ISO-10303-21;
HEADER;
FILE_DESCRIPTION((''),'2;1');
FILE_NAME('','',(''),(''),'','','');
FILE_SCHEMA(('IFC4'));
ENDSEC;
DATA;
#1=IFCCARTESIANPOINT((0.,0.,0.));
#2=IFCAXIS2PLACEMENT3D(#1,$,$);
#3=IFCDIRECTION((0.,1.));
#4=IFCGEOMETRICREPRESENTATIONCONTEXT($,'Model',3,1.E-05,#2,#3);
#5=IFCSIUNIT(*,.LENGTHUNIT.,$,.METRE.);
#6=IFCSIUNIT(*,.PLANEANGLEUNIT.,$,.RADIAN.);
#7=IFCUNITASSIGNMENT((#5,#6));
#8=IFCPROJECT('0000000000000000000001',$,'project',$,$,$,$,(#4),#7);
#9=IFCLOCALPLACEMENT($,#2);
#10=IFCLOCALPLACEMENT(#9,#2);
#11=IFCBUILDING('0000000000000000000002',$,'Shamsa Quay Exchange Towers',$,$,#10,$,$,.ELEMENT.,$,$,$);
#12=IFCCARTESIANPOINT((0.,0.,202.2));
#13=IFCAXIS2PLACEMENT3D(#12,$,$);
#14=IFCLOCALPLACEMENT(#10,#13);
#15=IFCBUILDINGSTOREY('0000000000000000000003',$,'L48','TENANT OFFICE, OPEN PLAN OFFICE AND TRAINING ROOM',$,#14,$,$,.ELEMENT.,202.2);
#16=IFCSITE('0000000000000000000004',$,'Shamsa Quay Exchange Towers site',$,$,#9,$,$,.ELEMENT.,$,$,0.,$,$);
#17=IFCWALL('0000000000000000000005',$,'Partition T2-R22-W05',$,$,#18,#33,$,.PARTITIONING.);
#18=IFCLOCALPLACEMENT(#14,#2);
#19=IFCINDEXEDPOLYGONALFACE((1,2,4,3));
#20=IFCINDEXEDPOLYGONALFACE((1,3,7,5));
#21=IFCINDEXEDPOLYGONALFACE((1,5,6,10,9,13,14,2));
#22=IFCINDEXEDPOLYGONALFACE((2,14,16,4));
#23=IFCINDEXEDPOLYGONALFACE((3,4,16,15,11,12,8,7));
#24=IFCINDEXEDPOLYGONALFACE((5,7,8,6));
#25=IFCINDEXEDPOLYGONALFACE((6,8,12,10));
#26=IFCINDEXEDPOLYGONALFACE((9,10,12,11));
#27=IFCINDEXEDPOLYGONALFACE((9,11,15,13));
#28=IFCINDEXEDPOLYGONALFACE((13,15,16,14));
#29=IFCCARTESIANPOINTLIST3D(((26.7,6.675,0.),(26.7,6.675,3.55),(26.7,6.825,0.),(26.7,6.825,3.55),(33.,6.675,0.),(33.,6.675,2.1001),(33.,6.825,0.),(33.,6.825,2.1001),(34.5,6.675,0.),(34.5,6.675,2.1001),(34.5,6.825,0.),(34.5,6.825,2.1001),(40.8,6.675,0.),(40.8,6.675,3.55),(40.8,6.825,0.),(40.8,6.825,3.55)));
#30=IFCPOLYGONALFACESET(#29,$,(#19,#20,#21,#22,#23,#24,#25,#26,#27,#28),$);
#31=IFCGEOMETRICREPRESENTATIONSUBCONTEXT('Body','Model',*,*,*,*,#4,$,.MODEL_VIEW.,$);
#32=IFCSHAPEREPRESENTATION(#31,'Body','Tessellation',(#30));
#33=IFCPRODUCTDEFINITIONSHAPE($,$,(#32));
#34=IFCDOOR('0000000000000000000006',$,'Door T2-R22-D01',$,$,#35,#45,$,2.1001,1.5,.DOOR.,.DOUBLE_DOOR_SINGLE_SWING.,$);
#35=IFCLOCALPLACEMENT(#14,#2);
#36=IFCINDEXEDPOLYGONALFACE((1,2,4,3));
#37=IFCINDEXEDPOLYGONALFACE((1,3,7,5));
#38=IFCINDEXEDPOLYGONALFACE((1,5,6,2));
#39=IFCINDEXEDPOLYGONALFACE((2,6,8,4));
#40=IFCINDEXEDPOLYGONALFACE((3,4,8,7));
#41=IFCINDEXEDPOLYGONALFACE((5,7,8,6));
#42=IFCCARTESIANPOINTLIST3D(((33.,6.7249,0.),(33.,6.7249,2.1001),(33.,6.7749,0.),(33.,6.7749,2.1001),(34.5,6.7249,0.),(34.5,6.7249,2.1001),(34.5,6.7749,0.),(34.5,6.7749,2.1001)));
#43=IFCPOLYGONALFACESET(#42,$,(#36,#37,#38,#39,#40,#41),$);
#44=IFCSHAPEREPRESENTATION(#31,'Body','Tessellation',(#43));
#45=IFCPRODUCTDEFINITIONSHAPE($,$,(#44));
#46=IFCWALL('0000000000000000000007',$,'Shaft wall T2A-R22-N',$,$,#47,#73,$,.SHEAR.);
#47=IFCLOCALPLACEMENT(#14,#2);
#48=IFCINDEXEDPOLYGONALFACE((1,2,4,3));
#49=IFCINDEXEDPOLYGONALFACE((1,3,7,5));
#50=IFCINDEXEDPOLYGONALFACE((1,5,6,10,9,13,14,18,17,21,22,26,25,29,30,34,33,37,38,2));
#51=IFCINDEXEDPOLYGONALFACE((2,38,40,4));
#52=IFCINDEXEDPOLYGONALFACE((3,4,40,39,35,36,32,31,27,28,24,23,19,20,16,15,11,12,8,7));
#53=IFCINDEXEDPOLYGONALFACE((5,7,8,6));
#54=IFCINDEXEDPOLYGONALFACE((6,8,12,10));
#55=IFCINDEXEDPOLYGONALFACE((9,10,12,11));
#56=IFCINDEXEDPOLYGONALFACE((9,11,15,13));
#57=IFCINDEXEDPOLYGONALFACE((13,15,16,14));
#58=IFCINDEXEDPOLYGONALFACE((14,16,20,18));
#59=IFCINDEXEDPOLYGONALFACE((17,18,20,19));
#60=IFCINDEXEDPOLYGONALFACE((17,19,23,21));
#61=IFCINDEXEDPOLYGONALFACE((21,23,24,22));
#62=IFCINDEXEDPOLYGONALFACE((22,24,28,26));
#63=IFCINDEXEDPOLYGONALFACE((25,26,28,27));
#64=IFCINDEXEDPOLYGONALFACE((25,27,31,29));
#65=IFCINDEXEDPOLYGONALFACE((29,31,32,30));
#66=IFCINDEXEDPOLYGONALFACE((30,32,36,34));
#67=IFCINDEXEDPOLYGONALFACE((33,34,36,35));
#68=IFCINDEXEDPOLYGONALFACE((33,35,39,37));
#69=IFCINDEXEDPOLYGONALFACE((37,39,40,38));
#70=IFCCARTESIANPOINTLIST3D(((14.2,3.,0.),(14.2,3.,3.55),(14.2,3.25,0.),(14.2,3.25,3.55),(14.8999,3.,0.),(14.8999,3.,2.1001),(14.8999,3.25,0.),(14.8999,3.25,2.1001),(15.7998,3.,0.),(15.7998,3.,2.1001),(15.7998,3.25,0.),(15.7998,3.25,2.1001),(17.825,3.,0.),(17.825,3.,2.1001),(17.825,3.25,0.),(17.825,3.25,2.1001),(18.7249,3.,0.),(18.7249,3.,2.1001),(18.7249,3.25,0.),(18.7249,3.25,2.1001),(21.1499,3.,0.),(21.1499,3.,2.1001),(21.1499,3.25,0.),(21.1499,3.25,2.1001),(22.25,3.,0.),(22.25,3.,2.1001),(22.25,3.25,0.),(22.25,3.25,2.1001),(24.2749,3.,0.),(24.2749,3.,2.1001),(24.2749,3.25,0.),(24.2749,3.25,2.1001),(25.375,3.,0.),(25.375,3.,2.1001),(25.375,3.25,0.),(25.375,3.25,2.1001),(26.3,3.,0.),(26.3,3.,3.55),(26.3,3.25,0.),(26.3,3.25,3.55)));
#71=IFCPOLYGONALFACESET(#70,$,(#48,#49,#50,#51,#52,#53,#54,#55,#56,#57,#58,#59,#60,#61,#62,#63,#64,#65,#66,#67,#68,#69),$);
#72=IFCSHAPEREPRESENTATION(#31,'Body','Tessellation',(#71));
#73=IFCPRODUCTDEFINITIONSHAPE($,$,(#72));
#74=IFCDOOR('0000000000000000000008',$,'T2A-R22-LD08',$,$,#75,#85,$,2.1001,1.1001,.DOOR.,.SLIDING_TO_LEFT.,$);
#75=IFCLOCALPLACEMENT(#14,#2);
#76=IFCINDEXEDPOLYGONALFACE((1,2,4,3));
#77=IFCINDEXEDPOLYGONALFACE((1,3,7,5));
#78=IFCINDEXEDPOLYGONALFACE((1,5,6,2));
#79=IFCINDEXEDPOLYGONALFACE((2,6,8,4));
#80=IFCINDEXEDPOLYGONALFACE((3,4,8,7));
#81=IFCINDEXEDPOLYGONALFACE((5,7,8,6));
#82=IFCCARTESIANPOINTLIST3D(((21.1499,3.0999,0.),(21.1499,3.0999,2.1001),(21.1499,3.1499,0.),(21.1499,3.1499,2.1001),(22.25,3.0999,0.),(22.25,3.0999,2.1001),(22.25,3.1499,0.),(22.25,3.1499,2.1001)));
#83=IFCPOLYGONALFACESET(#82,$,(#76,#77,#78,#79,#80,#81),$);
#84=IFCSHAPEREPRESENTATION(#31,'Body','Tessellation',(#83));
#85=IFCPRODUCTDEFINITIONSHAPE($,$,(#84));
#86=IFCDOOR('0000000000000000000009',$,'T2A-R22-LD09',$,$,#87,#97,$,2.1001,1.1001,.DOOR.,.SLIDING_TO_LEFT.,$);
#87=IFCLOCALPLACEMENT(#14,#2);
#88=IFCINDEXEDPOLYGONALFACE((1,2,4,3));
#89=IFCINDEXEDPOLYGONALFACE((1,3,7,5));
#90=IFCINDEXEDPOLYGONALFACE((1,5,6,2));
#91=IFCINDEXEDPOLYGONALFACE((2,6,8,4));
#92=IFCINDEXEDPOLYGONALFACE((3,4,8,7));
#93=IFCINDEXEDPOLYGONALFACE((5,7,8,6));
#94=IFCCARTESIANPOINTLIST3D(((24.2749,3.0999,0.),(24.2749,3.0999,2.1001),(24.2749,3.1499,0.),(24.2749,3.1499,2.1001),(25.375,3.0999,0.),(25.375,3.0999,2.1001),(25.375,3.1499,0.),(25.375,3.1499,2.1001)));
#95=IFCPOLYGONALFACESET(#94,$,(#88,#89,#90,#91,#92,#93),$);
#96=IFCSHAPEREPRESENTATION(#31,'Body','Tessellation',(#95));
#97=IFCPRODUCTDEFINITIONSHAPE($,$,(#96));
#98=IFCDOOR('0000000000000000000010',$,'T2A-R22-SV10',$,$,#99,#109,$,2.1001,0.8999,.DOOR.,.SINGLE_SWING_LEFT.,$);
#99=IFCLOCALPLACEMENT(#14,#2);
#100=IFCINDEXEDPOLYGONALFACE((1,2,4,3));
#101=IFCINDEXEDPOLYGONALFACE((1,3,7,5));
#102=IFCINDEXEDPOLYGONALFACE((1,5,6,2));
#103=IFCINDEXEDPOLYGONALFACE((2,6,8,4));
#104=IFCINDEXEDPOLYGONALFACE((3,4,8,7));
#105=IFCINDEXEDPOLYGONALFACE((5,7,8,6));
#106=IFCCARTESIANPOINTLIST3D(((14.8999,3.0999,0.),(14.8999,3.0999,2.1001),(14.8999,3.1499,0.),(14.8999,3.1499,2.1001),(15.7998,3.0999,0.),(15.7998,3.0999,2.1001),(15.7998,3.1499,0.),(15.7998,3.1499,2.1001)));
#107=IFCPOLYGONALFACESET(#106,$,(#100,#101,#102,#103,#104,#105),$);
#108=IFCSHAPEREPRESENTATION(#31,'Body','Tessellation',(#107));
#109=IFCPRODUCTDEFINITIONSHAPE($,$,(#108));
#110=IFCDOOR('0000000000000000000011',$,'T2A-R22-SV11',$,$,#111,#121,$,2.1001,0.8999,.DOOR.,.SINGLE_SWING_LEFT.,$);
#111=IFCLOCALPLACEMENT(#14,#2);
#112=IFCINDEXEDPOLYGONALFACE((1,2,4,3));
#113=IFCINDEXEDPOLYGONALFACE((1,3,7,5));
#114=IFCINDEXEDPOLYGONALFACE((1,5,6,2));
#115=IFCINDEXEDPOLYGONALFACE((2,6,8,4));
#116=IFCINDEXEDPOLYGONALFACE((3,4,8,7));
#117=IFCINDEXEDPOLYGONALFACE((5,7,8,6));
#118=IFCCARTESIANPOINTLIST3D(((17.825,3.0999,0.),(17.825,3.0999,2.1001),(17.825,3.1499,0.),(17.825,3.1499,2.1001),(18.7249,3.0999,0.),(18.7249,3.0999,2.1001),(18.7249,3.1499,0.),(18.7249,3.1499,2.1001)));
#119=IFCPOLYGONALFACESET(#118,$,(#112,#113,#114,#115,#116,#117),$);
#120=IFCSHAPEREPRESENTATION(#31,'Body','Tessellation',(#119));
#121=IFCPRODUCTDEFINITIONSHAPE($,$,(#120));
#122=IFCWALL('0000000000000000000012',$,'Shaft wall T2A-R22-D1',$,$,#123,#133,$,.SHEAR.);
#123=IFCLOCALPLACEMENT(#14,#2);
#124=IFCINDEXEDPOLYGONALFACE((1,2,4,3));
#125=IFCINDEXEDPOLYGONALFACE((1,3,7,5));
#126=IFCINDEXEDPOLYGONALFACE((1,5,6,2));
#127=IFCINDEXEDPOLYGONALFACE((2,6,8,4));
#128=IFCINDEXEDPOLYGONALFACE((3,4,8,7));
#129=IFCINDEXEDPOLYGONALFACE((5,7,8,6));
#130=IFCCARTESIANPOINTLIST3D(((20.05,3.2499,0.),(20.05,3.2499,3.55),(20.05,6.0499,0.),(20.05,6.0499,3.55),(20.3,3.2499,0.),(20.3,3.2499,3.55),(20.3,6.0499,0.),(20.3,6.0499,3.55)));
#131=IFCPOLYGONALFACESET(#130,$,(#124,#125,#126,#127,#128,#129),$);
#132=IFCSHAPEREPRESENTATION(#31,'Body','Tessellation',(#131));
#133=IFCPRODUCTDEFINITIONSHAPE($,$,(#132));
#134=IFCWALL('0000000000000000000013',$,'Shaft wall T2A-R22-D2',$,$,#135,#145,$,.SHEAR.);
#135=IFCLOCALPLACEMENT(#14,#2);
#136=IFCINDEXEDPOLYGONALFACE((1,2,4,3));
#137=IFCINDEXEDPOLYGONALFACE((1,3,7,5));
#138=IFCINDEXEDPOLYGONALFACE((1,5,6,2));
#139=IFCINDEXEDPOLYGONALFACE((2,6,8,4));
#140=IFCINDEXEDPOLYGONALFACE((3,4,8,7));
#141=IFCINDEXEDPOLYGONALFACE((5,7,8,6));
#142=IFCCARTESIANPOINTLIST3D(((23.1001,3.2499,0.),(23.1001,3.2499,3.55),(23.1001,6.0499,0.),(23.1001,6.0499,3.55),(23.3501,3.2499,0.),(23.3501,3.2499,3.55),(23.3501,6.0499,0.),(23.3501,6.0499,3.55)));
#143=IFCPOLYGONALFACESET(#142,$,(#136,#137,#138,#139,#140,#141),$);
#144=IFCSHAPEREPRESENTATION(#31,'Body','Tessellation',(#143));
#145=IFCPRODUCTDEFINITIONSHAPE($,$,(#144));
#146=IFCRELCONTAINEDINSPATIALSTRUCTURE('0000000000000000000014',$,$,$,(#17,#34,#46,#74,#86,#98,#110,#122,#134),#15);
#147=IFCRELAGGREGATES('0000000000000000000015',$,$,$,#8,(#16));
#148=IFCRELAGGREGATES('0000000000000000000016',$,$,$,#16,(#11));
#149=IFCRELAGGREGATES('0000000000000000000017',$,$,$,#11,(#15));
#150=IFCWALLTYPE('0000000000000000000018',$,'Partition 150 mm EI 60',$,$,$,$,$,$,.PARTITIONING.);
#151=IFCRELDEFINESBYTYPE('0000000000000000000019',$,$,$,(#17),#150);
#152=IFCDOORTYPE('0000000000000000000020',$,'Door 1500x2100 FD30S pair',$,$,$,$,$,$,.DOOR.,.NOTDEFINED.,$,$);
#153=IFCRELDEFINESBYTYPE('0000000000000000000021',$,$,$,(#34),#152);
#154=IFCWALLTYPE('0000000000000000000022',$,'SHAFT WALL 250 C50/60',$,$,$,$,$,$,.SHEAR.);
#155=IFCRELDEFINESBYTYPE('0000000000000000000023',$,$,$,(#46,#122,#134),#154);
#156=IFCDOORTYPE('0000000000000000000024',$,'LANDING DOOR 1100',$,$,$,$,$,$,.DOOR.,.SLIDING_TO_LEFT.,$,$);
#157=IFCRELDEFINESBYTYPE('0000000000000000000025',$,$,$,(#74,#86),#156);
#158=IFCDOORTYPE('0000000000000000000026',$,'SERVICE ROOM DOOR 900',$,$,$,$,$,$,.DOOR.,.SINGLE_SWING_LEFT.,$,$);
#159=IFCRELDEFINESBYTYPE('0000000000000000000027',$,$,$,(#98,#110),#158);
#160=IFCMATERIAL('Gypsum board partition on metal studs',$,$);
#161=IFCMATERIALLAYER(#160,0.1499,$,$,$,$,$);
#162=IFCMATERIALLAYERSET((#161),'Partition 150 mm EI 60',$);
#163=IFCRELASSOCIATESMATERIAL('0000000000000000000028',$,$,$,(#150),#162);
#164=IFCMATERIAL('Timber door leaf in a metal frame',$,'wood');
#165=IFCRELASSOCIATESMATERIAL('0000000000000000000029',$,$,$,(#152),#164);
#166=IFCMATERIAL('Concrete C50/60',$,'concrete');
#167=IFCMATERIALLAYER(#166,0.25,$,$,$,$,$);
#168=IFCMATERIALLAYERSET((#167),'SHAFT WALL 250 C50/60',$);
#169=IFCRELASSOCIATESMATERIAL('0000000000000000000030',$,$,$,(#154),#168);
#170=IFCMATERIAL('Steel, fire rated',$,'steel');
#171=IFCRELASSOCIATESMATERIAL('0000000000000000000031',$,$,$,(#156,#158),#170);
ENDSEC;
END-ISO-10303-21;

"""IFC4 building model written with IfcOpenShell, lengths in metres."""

from ifc_helpers import new_model, si_unit, direction, frame, frame_2d, origin, place, context, subcontext, project, spatial, rectangle, extrude, material, layer, layer_set, type_object, element, fill, save


model = new_model("IFC4")

# Units and contexts
model_context = context("Model", 3, precision=1e-05, world=origin(), true_north=direction((0.0, 1.0)))
body_context = subcontext(model_context, "Body", "Model", "MODEL_VIEW")
ifc_project = project(units=[si_unit("LENGTHUNIT", "METRE"), si_unit("PLANEANGLEUNIT", "RADIAN")], contexts=[model_context])

# Site, building, storey
site_placement = place(None, origin())
site = spatial("IfcSite", under=ifc_project, at=site_placement, Name="Shamsa Quay Exchange Towers site", CompositionType="ELEMENT", RefElevation=0.0)
building_placement = place(site_placement, origin())
building = spatial("IfcBuilding", under=site, at=building_placement, Name="Shamsa Quay Exchange Towers", CompositionType="ELEMENT")
storey_placement = place(building_placement, frame((0.0, 0.0, 202.2)))
storey = spatial("IfcBuildingStorey", under=building, at=storey_placement, Name="L48", Description="TENANT OFFICE, OPEN PLAN OFFICE AND TRAINING ROOM", CompositionType="ELEMENT", Elevation=202.2)

# Shared definitions
ifc_material_1 = material(Name="Steel, fire rated", Category="steel")

# Wall, opening, door
ifc_material_2 = material(Name="Gypsum board partition on metal studs")
ifc_layer_1 = layer(ifc_material_2, 0.1499)
ifc_layer_set_1 = layer_set([ifc_layer_1], Name="Partition 150 mm EI 60")
wall_type_1 = type_object("IfcWallType", Name="Partition 150 mm EI 60", PredefinedType="PARTITIONING", material=ifc_layer_set_1)
wall_1_placement = place(storey_placement, frame((26.7, 6.75, 0.0)))
wall_1 = element("IfcWall", 1, at=wall_1_placement, inside=storey, type_object=wall_type_1, Name="Partition T2-R22-W05", PredefinedType="PARTITIONING", context=body_context, shape_type="SweptSolid", body=[
    extrude(rectangle(XDim=14.1001, YDim=0.1499, at=frame_2d((7.05, 0.0))), origin(), (0.0, 0.0, 1.0), 3.55),
])
opening_1_placement = place(wall_1_placement, frame((6.3, 0.0, 0.0)))
opening_1 = element("IfcOpeningElement", 2, at=opening_1_placement, cuts=wall_1, PredefinedType="OPENING", context=body_context, shape_type="SweptSolid", body=[
    extrude(rectangle(XDim=1.5, YDim=2.1001, at=frame_2d((0.75, 1.05))), frame((0.0, 0.085, 0.0), z_axis=(0.0, -1.0, 0.0), x_axis=(1.0, 0.0, 0.0)), (0.0, 0.0, 1.0), 0.1699),
])
ifc_material_3 = material(Name="Timber door leaf in a metal frame", Category="wood")
door_type_1 = type_object("IfcDoorType", Name="Door 1500x2100 FD30S pair", OperationType="NOTDEFINED", PredefinedType="DOOR", material=ifc_material_3)
door_1_placement = place(opening_1_placement, origin())
door_1 = element("IfcDoor", 3, at=door_1_placement, inside=storey, type_object=door_type_1, Name="Door T2-R22-D01", OperationType="DOUBLE_DOOR_SINGLE_SWING", OverallHeight=2.1001, OverallWidth=1.5, PredefinedType="DOOR", context=body_context, shape_type="SweptSolid", body=[
    extrude(rectangle(XDim=1.5, YDim=2.1001, at=frame_2d((0.75, 1.05))), frame((0.0, 0.0249, 0.0), z_axis=(0.0, -1.0, 0.0), x_axis=(1.0, 0.0, 0.0)), (0.0, 0.0, 1.0), 0.05),
])
fill(opening_1, door_1)

# Wall, openings, doors
ifc_material_4 = material(Name="Concrete C50/60", Category="concrete")
ifc_layer_2 = layer(ifc_material_4, 0.25)
ifc_layer_set_2 = layer_set([ifc_layer_2], Name="SHAFT WALL 250 C50/60")
wall_type_2 = type_object("IfcWallType", Name="SHAFT WALL 250 C50/60", PredefinedType="SHEAR", material=ifc_layer_set_2)
wall_2_placement = place(storey_placement, frame((14.2, 3.125, 0.0)))
wall_2 = element("IfcWall", 4, at=wall_2_placement, inside=storey, type_object=wall_type_2, Name="Shaft wall T2A-R22-N", PredefinedType="SHEAR", context=body_context, shape_type="SweptSolid", body=[
    extrude(rectangle(XDim=12.1001, YDim=0.25, at=frame_2d((6.05, 0.0))), origin(), (0.0, 0.0, 1.0), 3.55),
])
opening_2_placement = place(wall_2_placement, frame((6.95, 0.0, 0.0)))
opening_2 = element("IfcOpeningElement", 5, at=opening_2_placement, cuts=wall_2, PredefinedType="OPENING", context=body_context, shape_type="SweptSolid", body=[
    extrude(rectangle(XDim=1.1001, YDim=2.1001, at=frame_2d((0.55, 1.05))), frame((0.0, 0.135, 0.0), z_axis=(0.0, -1.0, 0.0), x_axis=(1.0, 0.0, 0.0)), (0.0, 0.0, 1.0), 0.27),
])
opening_3_placement = place(wall_2_placement, frame((10.075, 0.0, 0.0)))
opening_3 = element("IfcOpeningElement", 6, at=opening_3_placement, cuts=wall_2, PredefinedType="OPENING", context=body_context, shape_type="SweptSolid", body=[
    extrude(rectangle(XDim=1.1001, YDim=2.1001, at=frame_2d((0.55, 1.05))), frame((0.0, 0.135, 0.0), z_axis=(0.0, -1.0, 0.0), x_axis=(1.0, 0.0, 0.0)), (0.0, 0.0, 1.0), 0.27),
])
opening_4_placement = place(wall_2_placement, frame((0.7, 0.0, 0.0)))
opening_4 = element("IfcOpeningElement", 7, at=opening_4_placement, cuts=wall_2, PredefinedType="OPENING", context=body_context, shape_type="SweptSolid", body=[
    extrude(rectangle(XDim=0.8999, YDim=2.1001, at=frame_2d((0.45, 1.05))), frame((0.0, 0.135, 0.0), z_axis=(0.0, -1.0, 0.0), x_axis=(1.0, 0.0, 0.0)), (0.0, 0.0, 1.0), 0.27),
])
opening_5_placement = place(wall_2_placement, frame((3.625, 0.0, 0.0)))
opening_5 = element("IfcOpeningElement", 8, at=opening_5_placement, cuts=wall_2, PredefinedType="OPENING", context=body_context, shape_type="SweptSolid", body=[
    extrude(rectangle(XDim=0.8999, YDim=2.1001, at=frame_2d((0.45, 1.05))), frame((0.0, 0.135, 0.0), z_axis=(0.0, -1.0, 0.0), x_axis=(1.0, 0.0, 0.0)), (0.0, 0.0, 1.0), 0.27),
])
door_type_2 = type_object("IfcDoorType", Name="LANDING DOOR 1100", OperationType="SLIDING_TO_LEFT", PredefinedType="DOOR", material=ifc_material_1)
door_2_placement = place(opening_2_placement, origin())
door_2 = element("IfcDoor", 9, at=door_2_placement, inside=storey, type_object=door_type_2, Name="T2A-R22-LD08", OperationType="SLIDING_TO_LEFT", OverallHeight=2.1001, OverallWidth=1.1001, PredefinedType="DOOR", context=body_context, shape_type="SweptSolid", body=[
    extrude(rectangle(XDim=1.1001, YDim=2.1001, at=frame_2d((0.55, 1.05))), frame((0.0, 0.0249, 0.0), z_axis=(0.0, -1.0, 0.0), x_axis=(1.0, 0.0, 0.0)), (0.0, 0.0, 1.0), 0.05),
])
fill(opening_2, door_2)
door_3_placement = place(opening_3_placement, origin())
door_3 = element("IfcDoor", 10, at=door_3_placement, inside=storey, type_object=door_type_2, Name="T2A-R22-LD09", OperationType="SLIDING_TO_LEFT", OverallHeight=2.1001, OverallWidth=1.1001, PredefinedType="DOOR", context=body_context, shape_type="SweptSolid", body=[
    extrude(rectangle(XDim=1.1001, YDim=2.1001, at=frame_2d((0.55, 1.05))), frame((0.0, 0.0249, 0.0), z_axis=(0.0, -1.0, 0.0), x_axis=(1.0, 0.0, 0.0)), (0.0, 0.0, 1.0), 0.05),
])
fill(opening_3, door_3)
door_type_3 = type_object("IfcDoorType", Name="SERVICE ROOM DOOR 900", OperationType="SINGLE_SWING_LEFT", PredefinedType="DOOR", material=ifc_material_1)
door_4_placement = place(opening_4_placement, origin())
door_4 = element("IfcDoor", 11, at=door_4_placement, inside=storey, type_object=door_type_3, Name="T2A-R22-SV10", OperationType="SINGLE_SWING_LEFT", OverallHeight=2.1001, OverallWidth=0.8999, PredefinedType="DOOR", context=body_context, shape_type="SweptSolid", body=[
    extrude(rectangle(XDim=0.8999, YDim=2.1001, at=frame_2d((0.45, 1.05))), frame((0.0, 0.0249, 0.0), z_axis=(0.0, -1.0, 0.0), x_axis=(1.0, 0.0, 0.0)), (0.0, 0.0, 1.0), 0.05),
])
fill(opening_4, door_4)
door_5_placement = place(opening_5_placement, origin())
door_5 = element("IfcDoor", 12, at=door_5_placement, inside=storey, type_object=door_type_3, Name="T2A-R22-SV11", OperationType="SINGLE_SWING_LEFT", OverallHeight=2.1001, OverallWidth=0.8999, PredefinedType="DOOR", context=body_context, shape_type="SweptSolid", body=[
    extrude(rectangle(XDim=0.8999, YDim=2.1001, at=frame_2d((0.45, 1.05))), frame((0.0, 0.0249, 0.0), z_axis=(0.0, -1.0, 0.0), x_axis=(1.0, 0.0, 0.0)), (0.0, 0.0, 1.0), 0.05),
])
fill(opening_5, door_5)

# Walls
for number, where, z_axis, x_axis, name in (
    (13, (20.175, 3.25, 0.0), (0.0, 0.0, 1.0), (0.0, 1.0, 0.0), "Shaft wall T2A-R22-D1"),
    (14, (23.2251, 3.25, 0.0), (0.0, 0.0, 1.0), (0.0, 1.0, 0.0), "Shaft wall T2A-R22-D2"),
):
    element("IfcWall", number, at=place(storey_placement, frame(where, z_axis=z_axis, x_axis=x_axis)), inside=storey, type_object=wall_type_2, Name=name, PredefinedType="SHEAR", context=body_context, shape_type="SweptSolid", body=[
        extrude(rectangle(XDim=2.8, YDim=0.25, at=frame_2d((1.3999, 0.0))), origin(), (0.0, 0.0, 1.0), 3.55),
    ])

save(model, "model.ifc")
